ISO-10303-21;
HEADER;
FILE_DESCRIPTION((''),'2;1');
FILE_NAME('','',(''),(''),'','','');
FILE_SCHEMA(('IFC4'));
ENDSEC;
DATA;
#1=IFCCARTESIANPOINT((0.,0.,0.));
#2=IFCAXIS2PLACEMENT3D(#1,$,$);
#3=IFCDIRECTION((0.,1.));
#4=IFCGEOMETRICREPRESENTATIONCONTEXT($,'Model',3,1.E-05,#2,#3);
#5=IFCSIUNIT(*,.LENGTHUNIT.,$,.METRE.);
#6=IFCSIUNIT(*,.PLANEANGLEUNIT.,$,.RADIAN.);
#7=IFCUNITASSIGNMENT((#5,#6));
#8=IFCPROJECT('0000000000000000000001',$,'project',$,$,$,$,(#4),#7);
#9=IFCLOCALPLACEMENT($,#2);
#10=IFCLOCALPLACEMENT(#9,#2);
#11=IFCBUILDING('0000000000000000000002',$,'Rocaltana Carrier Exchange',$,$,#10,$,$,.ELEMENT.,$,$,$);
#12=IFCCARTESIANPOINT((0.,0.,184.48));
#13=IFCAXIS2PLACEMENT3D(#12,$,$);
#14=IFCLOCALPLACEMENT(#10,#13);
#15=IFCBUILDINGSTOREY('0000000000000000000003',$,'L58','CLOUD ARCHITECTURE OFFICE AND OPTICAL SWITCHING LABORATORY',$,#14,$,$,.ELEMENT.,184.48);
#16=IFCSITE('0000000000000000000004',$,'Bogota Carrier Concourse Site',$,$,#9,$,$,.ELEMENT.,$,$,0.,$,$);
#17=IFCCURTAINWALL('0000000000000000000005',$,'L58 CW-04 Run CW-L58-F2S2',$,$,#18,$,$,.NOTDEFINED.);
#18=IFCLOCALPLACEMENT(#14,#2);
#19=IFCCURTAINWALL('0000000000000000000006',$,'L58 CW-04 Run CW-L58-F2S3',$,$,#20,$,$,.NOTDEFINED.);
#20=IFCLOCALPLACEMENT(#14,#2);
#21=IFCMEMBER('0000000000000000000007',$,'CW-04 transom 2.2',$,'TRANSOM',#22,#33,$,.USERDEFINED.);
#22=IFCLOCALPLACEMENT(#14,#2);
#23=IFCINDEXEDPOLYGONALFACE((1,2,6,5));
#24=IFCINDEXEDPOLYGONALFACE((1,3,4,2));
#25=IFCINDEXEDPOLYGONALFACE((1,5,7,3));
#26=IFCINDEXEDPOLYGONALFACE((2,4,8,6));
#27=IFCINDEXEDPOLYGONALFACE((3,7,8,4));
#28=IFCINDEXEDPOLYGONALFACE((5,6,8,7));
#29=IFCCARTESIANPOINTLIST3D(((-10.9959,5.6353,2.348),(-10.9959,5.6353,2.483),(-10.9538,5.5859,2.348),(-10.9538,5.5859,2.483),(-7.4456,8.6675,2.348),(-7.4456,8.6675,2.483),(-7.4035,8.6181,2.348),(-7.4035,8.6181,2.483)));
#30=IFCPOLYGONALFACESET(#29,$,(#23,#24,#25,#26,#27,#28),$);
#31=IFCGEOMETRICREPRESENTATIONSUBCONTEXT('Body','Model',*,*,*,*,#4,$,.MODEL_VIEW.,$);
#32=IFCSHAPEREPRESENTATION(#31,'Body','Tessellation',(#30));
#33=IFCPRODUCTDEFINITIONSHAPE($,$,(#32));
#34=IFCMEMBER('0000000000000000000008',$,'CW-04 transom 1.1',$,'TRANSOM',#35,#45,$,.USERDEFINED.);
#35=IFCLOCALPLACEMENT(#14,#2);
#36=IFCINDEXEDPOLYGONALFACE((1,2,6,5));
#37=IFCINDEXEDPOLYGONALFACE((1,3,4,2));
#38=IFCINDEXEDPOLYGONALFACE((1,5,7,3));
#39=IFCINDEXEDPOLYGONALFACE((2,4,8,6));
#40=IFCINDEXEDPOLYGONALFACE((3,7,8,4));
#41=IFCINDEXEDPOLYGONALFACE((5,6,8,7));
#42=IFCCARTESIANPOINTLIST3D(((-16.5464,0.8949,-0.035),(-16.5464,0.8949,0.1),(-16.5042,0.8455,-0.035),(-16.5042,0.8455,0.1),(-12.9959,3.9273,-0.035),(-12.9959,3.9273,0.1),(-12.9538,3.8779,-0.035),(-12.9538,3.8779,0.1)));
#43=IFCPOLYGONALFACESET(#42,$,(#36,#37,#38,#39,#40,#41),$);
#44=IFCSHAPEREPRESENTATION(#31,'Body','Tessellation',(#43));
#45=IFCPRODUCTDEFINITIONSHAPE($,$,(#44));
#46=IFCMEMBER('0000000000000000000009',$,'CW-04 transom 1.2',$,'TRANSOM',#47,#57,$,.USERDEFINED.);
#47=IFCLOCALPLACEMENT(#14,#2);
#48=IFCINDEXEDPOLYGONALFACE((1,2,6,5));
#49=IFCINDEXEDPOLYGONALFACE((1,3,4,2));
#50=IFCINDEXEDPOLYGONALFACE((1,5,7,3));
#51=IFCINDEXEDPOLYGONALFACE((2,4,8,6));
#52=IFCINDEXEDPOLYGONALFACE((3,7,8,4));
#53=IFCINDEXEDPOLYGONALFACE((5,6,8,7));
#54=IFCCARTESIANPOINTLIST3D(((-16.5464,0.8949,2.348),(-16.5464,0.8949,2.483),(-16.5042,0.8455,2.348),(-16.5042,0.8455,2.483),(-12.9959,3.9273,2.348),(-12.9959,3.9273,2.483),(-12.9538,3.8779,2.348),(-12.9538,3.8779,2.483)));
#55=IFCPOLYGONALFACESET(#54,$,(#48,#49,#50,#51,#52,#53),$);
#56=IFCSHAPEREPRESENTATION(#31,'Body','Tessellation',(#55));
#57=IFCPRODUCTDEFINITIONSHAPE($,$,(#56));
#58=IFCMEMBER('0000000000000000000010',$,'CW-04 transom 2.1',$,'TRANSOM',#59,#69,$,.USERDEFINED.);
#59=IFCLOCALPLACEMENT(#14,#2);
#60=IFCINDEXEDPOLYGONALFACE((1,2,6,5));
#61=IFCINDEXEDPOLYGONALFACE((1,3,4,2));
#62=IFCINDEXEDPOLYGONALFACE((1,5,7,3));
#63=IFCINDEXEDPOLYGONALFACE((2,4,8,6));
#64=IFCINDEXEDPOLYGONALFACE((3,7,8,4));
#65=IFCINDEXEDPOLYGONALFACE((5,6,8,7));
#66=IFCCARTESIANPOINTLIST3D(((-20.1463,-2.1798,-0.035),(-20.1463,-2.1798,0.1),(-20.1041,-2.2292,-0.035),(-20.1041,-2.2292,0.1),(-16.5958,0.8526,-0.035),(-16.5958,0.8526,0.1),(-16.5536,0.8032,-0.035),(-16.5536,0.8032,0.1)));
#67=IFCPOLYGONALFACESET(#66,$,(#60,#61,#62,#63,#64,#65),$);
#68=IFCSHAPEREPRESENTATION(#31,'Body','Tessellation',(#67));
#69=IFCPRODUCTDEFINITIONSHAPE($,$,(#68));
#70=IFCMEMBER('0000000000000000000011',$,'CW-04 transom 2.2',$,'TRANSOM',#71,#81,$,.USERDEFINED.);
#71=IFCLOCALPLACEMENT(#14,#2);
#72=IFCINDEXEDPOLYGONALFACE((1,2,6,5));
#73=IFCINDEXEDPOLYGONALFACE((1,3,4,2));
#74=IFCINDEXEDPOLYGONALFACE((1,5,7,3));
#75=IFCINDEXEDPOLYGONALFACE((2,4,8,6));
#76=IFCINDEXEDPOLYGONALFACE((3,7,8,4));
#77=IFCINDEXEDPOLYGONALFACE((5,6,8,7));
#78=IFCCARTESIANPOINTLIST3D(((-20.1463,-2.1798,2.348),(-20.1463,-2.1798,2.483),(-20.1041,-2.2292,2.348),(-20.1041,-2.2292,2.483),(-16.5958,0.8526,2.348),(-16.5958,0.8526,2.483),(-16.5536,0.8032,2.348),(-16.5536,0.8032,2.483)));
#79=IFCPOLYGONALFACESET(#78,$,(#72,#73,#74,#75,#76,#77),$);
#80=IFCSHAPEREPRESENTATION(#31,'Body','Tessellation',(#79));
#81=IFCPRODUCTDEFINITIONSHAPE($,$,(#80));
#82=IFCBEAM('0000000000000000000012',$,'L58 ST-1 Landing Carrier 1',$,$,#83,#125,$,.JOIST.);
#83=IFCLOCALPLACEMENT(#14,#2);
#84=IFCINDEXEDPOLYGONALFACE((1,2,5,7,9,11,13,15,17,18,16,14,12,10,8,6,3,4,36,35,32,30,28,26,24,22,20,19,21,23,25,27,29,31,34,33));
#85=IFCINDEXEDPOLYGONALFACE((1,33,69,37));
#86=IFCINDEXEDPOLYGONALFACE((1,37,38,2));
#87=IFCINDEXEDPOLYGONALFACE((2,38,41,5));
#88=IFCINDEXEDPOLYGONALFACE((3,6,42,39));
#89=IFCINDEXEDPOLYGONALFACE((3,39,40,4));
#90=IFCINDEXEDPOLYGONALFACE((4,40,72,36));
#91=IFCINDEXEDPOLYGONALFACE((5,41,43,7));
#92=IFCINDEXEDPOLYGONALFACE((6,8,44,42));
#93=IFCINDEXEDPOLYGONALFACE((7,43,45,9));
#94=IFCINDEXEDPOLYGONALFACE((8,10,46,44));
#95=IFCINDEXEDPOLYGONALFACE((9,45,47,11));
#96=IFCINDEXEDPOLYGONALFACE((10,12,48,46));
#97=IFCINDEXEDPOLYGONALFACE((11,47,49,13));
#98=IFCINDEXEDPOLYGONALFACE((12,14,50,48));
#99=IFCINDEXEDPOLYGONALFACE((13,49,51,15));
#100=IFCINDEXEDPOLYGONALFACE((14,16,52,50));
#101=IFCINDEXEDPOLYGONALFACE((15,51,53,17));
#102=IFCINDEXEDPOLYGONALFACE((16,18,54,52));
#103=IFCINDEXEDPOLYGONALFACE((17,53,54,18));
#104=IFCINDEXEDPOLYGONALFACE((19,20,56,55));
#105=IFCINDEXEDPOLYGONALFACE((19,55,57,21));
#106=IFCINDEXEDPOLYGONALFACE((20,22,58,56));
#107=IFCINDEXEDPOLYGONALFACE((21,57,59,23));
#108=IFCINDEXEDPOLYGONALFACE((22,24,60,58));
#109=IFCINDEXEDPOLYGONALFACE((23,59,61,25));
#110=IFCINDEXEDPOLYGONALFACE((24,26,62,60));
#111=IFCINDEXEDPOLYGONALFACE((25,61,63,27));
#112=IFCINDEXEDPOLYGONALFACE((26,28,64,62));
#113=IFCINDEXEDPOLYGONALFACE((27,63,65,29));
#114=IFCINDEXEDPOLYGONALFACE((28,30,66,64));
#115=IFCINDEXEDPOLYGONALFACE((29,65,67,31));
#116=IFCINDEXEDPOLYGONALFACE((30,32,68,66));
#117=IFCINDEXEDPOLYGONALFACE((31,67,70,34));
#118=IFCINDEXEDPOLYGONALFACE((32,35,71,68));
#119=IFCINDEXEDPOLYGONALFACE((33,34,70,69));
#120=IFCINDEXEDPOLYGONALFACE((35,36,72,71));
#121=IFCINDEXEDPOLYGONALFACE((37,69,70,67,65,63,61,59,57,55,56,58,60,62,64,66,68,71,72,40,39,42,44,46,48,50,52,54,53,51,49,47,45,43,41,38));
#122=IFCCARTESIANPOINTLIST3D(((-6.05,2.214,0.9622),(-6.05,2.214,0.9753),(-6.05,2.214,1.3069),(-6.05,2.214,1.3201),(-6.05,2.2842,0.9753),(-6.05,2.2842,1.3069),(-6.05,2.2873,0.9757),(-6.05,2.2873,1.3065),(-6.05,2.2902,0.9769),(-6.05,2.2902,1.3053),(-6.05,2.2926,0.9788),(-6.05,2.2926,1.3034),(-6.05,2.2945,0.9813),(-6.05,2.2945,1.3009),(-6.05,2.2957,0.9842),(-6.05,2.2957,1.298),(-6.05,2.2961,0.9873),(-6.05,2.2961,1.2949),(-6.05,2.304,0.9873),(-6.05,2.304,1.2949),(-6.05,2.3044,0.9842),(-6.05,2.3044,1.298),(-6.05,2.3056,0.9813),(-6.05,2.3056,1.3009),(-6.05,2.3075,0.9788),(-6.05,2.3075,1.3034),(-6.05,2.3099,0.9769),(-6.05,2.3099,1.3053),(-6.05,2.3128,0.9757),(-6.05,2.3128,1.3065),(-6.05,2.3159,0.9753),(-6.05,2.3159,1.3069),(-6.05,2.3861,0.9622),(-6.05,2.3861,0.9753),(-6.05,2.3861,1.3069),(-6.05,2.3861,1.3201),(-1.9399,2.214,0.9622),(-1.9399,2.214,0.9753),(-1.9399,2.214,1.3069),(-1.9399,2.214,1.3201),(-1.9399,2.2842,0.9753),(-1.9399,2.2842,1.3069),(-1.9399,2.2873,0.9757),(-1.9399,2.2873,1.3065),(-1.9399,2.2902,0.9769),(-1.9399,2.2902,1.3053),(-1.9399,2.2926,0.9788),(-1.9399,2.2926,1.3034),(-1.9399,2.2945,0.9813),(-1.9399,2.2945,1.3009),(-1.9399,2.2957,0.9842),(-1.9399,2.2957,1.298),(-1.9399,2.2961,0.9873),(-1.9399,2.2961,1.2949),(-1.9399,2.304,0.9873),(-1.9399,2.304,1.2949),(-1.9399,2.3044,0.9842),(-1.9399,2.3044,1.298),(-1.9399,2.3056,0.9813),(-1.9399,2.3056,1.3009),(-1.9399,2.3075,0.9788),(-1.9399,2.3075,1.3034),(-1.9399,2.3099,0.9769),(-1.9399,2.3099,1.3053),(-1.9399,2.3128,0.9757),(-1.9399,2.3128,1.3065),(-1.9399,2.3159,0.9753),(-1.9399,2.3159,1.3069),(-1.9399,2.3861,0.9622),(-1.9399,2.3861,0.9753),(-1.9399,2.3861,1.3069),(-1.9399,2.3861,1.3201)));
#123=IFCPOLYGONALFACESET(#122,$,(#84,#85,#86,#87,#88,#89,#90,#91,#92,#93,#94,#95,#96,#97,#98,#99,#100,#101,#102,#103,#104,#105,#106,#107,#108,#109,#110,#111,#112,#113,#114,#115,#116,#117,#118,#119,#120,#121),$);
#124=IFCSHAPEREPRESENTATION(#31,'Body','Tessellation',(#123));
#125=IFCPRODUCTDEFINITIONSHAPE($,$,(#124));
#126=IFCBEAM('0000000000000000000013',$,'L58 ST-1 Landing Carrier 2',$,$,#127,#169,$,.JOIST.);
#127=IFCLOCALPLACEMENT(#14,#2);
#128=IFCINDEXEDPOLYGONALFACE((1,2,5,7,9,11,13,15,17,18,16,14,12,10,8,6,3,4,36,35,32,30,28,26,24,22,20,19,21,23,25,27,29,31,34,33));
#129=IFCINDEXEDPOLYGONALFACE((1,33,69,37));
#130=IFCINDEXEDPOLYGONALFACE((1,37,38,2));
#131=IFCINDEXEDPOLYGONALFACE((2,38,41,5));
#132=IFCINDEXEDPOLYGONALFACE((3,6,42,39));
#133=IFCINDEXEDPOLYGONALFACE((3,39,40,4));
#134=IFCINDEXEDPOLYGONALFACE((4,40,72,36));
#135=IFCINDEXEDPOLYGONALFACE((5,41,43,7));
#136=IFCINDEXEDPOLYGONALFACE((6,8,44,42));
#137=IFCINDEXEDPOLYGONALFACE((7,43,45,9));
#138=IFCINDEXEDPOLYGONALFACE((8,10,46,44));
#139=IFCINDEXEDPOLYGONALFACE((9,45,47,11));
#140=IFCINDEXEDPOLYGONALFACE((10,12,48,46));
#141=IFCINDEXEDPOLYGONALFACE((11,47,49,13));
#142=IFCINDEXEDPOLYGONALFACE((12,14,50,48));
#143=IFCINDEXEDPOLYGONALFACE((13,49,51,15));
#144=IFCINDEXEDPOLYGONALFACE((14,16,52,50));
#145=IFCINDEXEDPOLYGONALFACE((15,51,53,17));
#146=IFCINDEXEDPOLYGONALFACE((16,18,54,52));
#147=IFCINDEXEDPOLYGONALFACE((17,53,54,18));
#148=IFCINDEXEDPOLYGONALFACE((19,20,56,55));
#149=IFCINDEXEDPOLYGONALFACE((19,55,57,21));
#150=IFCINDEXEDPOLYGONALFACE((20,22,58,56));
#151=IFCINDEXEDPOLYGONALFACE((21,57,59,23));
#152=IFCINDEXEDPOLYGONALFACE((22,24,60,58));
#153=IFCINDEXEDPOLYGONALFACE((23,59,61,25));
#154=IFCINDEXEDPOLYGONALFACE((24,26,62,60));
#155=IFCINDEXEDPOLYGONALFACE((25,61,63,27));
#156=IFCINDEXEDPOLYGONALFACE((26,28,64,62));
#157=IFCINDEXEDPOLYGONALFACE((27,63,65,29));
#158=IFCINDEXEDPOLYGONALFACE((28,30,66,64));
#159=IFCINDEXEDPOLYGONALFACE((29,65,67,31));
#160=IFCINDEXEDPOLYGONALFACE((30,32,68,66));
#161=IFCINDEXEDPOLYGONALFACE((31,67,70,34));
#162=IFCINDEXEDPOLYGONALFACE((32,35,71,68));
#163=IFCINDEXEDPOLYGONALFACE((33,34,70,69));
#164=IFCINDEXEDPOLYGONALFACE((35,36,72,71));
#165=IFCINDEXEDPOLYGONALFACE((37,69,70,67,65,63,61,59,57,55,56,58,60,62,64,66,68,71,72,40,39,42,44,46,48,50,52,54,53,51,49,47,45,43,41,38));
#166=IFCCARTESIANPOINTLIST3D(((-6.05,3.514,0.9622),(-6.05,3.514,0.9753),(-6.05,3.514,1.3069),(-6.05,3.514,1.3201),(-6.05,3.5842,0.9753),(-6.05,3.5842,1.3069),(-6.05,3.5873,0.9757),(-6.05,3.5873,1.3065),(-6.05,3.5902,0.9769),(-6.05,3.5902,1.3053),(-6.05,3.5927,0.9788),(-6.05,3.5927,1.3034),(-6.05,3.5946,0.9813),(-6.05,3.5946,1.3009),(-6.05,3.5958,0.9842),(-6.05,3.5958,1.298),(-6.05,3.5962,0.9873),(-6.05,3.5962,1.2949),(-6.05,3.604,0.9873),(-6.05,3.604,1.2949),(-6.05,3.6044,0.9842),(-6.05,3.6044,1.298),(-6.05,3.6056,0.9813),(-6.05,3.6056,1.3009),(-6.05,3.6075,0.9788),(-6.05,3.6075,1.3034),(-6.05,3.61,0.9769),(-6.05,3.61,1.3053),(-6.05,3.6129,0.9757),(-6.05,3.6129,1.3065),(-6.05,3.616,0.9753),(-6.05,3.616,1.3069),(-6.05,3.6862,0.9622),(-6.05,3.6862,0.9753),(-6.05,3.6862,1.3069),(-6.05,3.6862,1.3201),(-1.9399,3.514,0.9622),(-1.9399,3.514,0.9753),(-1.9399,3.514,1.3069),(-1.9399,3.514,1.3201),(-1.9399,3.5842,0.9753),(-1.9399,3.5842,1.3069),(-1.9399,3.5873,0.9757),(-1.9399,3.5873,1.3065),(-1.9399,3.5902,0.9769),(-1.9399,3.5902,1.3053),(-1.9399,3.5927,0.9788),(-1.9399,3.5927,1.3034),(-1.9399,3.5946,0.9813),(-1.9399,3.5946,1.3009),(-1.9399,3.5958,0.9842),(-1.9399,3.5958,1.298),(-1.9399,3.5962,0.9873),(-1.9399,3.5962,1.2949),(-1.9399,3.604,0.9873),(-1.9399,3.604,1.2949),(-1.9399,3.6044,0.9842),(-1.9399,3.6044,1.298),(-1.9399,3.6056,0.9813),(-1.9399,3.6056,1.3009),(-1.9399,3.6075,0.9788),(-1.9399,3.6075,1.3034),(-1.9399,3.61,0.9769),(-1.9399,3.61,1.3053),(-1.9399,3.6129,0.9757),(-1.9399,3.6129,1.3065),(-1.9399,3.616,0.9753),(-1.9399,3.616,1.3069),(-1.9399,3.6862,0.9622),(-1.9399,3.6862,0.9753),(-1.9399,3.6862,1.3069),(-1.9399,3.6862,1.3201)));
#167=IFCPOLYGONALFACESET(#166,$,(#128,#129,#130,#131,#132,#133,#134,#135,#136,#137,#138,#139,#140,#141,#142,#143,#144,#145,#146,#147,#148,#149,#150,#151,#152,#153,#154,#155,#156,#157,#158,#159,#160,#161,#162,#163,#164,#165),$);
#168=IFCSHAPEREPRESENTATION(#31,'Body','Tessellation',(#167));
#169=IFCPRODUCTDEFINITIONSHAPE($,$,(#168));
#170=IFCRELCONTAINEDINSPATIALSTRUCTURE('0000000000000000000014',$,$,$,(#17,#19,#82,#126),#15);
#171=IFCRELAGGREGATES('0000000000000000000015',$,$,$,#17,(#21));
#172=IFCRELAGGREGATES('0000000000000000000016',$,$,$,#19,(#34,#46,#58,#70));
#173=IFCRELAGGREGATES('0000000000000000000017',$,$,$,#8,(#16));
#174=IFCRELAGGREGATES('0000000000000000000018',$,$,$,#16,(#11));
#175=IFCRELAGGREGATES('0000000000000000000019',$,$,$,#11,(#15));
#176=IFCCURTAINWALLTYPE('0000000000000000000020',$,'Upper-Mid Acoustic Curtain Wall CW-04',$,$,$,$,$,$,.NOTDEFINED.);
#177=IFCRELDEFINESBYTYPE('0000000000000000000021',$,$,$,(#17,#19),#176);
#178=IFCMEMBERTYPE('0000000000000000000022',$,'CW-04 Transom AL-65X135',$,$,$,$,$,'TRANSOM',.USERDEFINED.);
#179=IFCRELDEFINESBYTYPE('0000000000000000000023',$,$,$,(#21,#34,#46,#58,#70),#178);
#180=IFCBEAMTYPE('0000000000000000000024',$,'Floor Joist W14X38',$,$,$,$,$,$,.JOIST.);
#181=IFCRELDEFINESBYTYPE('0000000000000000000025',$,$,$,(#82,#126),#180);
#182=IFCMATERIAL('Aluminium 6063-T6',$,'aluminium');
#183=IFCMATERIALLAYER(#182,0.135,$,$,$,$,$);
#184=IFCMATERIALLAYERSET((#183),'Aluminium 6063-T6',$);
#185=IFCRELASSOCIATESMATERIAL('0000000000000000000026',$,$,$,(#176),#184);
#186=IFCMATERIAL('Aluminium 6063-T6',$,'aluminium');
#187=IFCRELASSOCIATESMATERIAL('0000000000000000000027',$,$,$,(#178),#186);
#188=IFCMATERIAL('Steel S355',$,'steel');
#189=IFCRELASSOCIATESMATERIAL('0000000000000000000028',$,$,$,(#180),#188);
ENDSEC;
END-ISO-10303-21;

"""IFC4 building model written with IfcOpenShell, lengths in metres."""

from ifc_helpers import new_model, si_unit, direction, frame, origin, origin_2d, place, context, subcontext, project, spatial, rectangle, i_section, extrude, material, layer, layer_set, material_profile, profile_set, type_object, element, aggregate, save


model = new_model("IFC4")

# Units and contexts
model_context = context("Model", 3, precision=1e-05, world=origin(), true_north=direction((0.0, 1.0)))
body_context = subcontext(model_context, "Body", "Model", "MODEL_VIEW")
ifc_project = project(units=[si_unit("LENGTHUNIT", "METRE"), si_unit("PLANEANGLEUNIT", "RADIAN")], contexts=[model_context])

# Site, building, storey
site_placement = place(None, origin())
site = spatial("IfcSite", under=ifc_project, at=site_placement, Name="Bogota Carrier Concourse Site", CompositionType="ELEMENT", RefElevation=0.0)
building_placement = place(site_placement, origin())
building = spatial("IfcBuilding", under=site, at=building_placement, Name="Rocaltana Carrier Exchange", CompositionType="ELEMENT")
storey_placement = place(building_placement, frame((0.0, 0.0, 184.48)))
storey = spatial("IfcBuildingStorey", under=building, at=storey_placement, Name="L58", Description="CLOUD ARCHITECTURE OFFICE AND OPTICAL SWITCHING LABORATORY", CompositionType="ELEMENT", Elevation=184.48)

# Curtain walls
ifc_material_1 = material(Name="Aluminium 6063-T6", Category="aluminium")
ifc_layer_1 = layer(ifc_material_1, 0.135)
ifc_layer_set_1 = layer_set([ifc_layer_1], Name="Aluminium 6063-T6")
curtain_wall_type = type_object("IfcCurtainWallType", Name="Upper-Mid Acoustic Curtain Wall CW-04", PredefinedType="NOTDEFINED", material=ifc_layer_set_1)
curtain_wall_1_placement = place(storey_placement, origin())
curtain_wall_1 = element("IfcCurtainWall", 1, at=curtain_wall_1_placement, inside=storey, type_object=curtain_wall_type, Name="L58 CW-04 Run CW-L58-F2S2", PredefinedType="NOTDEFINED")
curtain_wall_2_placement = place(storey_placement, origin())
curtain_wall_2 = element("IfcCurtainWall", 2, at=curtain_wall_2_placement, inside=storey, type_object=curtain_wall_type, Name="L58 CW-04 Run CW-L58-F2S3", PredefinedType="NOTDEFINED")

# Members
ifc_material_2 = material(Name="Aluminium 6063-T6", Category="aluminium")
ifc_material_profile_1 = material_profile(ifc_material_2, rectangle(XDim=0.0649, YDim=0.135, at=origin_2d()), Name="AL-65X135")
ifc_profile_set_1 = profile_set([ifc_material_profile_1], Name="Aluminium 6063-T6")
member_type_1 = type_object("IfcMemberType", Name="CW-04 Transom AL-65X135", ElementType="TRANSOM", PredefinedType="USERDEFINED", material=ifc_profile_set_1)
member_1_placement = place(storey_placement, frame((-7.4246, 8.6428, 2.4155), z_axis=(-0.760407, -0.649447, 0.0), x_axis=(0.649447, -0.760407, 0.0)))
member_1 = element("IfcMember", 3, at=member_1_placement, type_object=member_type_1, Name="CW-04 transom 2.2", ObjectType="TRANSOM", PredefinedType="USERDEFINED", context=body_context, shape_type="SweptSolid", body=[
    extrude(rectangle(XDim=0.0649, YDim=0.135, at=origin_2d()), origin(), (0.0, 0.0, 1.0), 4.6689),
])
member_2_placement = place(storey_placement, frame((-12.9749, 3.9026, 0.0325), z_axis=(-0.760403, -0.649451, 0.0), x_axis=(0.649451, -0.760403, 0.0)))
member_2 = element("IfcMember", 4, at=member_2_placement, type_object=member_type_1, Name="CW-04 transom 1.1", ObjectType="TRANSOM", PredefinedType="USERDEFINED", context=body_context, shape_type="SweptSolid", body=[
    extrude(rectangle(XDim=0.0649, YDim=0.135, at=origin_2d()), origin(), (0.0, 0.0, 1.0), 4.6692),
])
member_3_placement = place(storey_placement, frame((-12.9749, 3.9026, 2.4155), z_axis=(-0.760403, -0.649451, 0.0), x_axis=(0.649451, -0.760403, 0.0)))
member_3 = element("IfcMember", 5, at=member_3_placement, type_object=member_type_1, Name="CW-04 transom 1.2", ObjectType="TRANSOM", PredefinedType="USERDEFINED", context=body_context, shape_type="SweptSolid", body=[
    extrude(rectangle(XDim=0.0649, YDim=0.135, at=origin_2d()), origin(), (0.0, 0.0, 1.0), 4.6692),
])
member_4_placement = place(storey_placement, frame((-16.5747, 0.8279, 0.0325), z_axis=(-0.760403, -0.649451, 0.0), x_axis=(0.649451, -0.760403, 0.0)))
member_4 = element("IfcMember", 6, at=member_4_placement, type_object=member_type_1, Name="CW-04 transom 2.1", ObjectType="TRANSOM", PredefinedType="USERDEFINED", context=body_context, shape_type="SweptSolid", body=[
    extrude(rectangle(XDim=0.0649, YDim=0.135, at=origin_2d()), origin(), (0.0, 0.0, 1.0), 4.6692),
])
member_5_placement = place(storey_placement, frame((-16.5747, 0.8279, 2.4155), z_axis=(-0.760403, -0.649451, 0.0), x_axis=(0.649451, -0.760403, 0.0)))
member_5 = element("IfcMember", 7, at=member_5_placement, type_object=member_type_1, Name="CW-04 transom 2.2", ObjectType="TRANSOM", PredefinedType="USERDEFINED", context=body_context, shape_type="SweptSolid", body=[
    extrude(rectangle(XDim=0.0649, YDim=0.135, at=origin_2d()), origin(), (0.0, 0.0, 1.0), 4.6692),
])

# Beams
ifc_material_3 = material(Name="Steel S355", Category="steel")
ifc_material_profile_2 = material_profile(ifc_material_3, i_section(OverallWidth=0.1721, OverallDepth=0.3579, WebThickness=0.0078, FlangeThickness=0.0132, FilletRadius=0.012, at=origin_2d()), Name="W14X38")
ifc_profile_set_2 = profile_set([ifc_material_profile_2], Name="Steel S355")
beam_type_1 = type_object("IfcBeamType", Name="Floor Joist W14X38", PredefinedType="JOIST", material=ifc_profile_set_2)
for number, where, z_axis, x_axis, name in (
    (8, (-6.05, 2.3, 1.1411), (1.0, 0.0, 0.0), (0.0, 1.0, 0.0), "L58 ST-1 Landing Carrier 1"),
    (9, (-6.05, 3.6001, 1.1411), (1.0, 0.0, 0.0), (0.0, 1.0, 0.0), "L58 ST-1 Landing Carrier 2"),
):
    element("IfcBeam", number, at=place(storey_placement, frame(where, z_axis=z_axis, x_axis=x_axis)), inside=storey, type_object=beam_type_1, Name=name, PredefinedType="JOIST", context=body_context, shape_type="SweptSolid", body=[
        extrude(i_section(OverallWidth=0.1721, OverallDepth=0.3579, WebThickness=0.0078, FlangeThickness=0.0132, FilletRadius=0.012, at=origin_2d()), origin(), (0.0, 0.0, 1.0), 4.1101),
    ])

aggregate(curtain_wall_1, [member_1])
aggregate(curtain_wall_2, [member_2, member_3, member_4, member_5])

save(model, "model.ifc")
